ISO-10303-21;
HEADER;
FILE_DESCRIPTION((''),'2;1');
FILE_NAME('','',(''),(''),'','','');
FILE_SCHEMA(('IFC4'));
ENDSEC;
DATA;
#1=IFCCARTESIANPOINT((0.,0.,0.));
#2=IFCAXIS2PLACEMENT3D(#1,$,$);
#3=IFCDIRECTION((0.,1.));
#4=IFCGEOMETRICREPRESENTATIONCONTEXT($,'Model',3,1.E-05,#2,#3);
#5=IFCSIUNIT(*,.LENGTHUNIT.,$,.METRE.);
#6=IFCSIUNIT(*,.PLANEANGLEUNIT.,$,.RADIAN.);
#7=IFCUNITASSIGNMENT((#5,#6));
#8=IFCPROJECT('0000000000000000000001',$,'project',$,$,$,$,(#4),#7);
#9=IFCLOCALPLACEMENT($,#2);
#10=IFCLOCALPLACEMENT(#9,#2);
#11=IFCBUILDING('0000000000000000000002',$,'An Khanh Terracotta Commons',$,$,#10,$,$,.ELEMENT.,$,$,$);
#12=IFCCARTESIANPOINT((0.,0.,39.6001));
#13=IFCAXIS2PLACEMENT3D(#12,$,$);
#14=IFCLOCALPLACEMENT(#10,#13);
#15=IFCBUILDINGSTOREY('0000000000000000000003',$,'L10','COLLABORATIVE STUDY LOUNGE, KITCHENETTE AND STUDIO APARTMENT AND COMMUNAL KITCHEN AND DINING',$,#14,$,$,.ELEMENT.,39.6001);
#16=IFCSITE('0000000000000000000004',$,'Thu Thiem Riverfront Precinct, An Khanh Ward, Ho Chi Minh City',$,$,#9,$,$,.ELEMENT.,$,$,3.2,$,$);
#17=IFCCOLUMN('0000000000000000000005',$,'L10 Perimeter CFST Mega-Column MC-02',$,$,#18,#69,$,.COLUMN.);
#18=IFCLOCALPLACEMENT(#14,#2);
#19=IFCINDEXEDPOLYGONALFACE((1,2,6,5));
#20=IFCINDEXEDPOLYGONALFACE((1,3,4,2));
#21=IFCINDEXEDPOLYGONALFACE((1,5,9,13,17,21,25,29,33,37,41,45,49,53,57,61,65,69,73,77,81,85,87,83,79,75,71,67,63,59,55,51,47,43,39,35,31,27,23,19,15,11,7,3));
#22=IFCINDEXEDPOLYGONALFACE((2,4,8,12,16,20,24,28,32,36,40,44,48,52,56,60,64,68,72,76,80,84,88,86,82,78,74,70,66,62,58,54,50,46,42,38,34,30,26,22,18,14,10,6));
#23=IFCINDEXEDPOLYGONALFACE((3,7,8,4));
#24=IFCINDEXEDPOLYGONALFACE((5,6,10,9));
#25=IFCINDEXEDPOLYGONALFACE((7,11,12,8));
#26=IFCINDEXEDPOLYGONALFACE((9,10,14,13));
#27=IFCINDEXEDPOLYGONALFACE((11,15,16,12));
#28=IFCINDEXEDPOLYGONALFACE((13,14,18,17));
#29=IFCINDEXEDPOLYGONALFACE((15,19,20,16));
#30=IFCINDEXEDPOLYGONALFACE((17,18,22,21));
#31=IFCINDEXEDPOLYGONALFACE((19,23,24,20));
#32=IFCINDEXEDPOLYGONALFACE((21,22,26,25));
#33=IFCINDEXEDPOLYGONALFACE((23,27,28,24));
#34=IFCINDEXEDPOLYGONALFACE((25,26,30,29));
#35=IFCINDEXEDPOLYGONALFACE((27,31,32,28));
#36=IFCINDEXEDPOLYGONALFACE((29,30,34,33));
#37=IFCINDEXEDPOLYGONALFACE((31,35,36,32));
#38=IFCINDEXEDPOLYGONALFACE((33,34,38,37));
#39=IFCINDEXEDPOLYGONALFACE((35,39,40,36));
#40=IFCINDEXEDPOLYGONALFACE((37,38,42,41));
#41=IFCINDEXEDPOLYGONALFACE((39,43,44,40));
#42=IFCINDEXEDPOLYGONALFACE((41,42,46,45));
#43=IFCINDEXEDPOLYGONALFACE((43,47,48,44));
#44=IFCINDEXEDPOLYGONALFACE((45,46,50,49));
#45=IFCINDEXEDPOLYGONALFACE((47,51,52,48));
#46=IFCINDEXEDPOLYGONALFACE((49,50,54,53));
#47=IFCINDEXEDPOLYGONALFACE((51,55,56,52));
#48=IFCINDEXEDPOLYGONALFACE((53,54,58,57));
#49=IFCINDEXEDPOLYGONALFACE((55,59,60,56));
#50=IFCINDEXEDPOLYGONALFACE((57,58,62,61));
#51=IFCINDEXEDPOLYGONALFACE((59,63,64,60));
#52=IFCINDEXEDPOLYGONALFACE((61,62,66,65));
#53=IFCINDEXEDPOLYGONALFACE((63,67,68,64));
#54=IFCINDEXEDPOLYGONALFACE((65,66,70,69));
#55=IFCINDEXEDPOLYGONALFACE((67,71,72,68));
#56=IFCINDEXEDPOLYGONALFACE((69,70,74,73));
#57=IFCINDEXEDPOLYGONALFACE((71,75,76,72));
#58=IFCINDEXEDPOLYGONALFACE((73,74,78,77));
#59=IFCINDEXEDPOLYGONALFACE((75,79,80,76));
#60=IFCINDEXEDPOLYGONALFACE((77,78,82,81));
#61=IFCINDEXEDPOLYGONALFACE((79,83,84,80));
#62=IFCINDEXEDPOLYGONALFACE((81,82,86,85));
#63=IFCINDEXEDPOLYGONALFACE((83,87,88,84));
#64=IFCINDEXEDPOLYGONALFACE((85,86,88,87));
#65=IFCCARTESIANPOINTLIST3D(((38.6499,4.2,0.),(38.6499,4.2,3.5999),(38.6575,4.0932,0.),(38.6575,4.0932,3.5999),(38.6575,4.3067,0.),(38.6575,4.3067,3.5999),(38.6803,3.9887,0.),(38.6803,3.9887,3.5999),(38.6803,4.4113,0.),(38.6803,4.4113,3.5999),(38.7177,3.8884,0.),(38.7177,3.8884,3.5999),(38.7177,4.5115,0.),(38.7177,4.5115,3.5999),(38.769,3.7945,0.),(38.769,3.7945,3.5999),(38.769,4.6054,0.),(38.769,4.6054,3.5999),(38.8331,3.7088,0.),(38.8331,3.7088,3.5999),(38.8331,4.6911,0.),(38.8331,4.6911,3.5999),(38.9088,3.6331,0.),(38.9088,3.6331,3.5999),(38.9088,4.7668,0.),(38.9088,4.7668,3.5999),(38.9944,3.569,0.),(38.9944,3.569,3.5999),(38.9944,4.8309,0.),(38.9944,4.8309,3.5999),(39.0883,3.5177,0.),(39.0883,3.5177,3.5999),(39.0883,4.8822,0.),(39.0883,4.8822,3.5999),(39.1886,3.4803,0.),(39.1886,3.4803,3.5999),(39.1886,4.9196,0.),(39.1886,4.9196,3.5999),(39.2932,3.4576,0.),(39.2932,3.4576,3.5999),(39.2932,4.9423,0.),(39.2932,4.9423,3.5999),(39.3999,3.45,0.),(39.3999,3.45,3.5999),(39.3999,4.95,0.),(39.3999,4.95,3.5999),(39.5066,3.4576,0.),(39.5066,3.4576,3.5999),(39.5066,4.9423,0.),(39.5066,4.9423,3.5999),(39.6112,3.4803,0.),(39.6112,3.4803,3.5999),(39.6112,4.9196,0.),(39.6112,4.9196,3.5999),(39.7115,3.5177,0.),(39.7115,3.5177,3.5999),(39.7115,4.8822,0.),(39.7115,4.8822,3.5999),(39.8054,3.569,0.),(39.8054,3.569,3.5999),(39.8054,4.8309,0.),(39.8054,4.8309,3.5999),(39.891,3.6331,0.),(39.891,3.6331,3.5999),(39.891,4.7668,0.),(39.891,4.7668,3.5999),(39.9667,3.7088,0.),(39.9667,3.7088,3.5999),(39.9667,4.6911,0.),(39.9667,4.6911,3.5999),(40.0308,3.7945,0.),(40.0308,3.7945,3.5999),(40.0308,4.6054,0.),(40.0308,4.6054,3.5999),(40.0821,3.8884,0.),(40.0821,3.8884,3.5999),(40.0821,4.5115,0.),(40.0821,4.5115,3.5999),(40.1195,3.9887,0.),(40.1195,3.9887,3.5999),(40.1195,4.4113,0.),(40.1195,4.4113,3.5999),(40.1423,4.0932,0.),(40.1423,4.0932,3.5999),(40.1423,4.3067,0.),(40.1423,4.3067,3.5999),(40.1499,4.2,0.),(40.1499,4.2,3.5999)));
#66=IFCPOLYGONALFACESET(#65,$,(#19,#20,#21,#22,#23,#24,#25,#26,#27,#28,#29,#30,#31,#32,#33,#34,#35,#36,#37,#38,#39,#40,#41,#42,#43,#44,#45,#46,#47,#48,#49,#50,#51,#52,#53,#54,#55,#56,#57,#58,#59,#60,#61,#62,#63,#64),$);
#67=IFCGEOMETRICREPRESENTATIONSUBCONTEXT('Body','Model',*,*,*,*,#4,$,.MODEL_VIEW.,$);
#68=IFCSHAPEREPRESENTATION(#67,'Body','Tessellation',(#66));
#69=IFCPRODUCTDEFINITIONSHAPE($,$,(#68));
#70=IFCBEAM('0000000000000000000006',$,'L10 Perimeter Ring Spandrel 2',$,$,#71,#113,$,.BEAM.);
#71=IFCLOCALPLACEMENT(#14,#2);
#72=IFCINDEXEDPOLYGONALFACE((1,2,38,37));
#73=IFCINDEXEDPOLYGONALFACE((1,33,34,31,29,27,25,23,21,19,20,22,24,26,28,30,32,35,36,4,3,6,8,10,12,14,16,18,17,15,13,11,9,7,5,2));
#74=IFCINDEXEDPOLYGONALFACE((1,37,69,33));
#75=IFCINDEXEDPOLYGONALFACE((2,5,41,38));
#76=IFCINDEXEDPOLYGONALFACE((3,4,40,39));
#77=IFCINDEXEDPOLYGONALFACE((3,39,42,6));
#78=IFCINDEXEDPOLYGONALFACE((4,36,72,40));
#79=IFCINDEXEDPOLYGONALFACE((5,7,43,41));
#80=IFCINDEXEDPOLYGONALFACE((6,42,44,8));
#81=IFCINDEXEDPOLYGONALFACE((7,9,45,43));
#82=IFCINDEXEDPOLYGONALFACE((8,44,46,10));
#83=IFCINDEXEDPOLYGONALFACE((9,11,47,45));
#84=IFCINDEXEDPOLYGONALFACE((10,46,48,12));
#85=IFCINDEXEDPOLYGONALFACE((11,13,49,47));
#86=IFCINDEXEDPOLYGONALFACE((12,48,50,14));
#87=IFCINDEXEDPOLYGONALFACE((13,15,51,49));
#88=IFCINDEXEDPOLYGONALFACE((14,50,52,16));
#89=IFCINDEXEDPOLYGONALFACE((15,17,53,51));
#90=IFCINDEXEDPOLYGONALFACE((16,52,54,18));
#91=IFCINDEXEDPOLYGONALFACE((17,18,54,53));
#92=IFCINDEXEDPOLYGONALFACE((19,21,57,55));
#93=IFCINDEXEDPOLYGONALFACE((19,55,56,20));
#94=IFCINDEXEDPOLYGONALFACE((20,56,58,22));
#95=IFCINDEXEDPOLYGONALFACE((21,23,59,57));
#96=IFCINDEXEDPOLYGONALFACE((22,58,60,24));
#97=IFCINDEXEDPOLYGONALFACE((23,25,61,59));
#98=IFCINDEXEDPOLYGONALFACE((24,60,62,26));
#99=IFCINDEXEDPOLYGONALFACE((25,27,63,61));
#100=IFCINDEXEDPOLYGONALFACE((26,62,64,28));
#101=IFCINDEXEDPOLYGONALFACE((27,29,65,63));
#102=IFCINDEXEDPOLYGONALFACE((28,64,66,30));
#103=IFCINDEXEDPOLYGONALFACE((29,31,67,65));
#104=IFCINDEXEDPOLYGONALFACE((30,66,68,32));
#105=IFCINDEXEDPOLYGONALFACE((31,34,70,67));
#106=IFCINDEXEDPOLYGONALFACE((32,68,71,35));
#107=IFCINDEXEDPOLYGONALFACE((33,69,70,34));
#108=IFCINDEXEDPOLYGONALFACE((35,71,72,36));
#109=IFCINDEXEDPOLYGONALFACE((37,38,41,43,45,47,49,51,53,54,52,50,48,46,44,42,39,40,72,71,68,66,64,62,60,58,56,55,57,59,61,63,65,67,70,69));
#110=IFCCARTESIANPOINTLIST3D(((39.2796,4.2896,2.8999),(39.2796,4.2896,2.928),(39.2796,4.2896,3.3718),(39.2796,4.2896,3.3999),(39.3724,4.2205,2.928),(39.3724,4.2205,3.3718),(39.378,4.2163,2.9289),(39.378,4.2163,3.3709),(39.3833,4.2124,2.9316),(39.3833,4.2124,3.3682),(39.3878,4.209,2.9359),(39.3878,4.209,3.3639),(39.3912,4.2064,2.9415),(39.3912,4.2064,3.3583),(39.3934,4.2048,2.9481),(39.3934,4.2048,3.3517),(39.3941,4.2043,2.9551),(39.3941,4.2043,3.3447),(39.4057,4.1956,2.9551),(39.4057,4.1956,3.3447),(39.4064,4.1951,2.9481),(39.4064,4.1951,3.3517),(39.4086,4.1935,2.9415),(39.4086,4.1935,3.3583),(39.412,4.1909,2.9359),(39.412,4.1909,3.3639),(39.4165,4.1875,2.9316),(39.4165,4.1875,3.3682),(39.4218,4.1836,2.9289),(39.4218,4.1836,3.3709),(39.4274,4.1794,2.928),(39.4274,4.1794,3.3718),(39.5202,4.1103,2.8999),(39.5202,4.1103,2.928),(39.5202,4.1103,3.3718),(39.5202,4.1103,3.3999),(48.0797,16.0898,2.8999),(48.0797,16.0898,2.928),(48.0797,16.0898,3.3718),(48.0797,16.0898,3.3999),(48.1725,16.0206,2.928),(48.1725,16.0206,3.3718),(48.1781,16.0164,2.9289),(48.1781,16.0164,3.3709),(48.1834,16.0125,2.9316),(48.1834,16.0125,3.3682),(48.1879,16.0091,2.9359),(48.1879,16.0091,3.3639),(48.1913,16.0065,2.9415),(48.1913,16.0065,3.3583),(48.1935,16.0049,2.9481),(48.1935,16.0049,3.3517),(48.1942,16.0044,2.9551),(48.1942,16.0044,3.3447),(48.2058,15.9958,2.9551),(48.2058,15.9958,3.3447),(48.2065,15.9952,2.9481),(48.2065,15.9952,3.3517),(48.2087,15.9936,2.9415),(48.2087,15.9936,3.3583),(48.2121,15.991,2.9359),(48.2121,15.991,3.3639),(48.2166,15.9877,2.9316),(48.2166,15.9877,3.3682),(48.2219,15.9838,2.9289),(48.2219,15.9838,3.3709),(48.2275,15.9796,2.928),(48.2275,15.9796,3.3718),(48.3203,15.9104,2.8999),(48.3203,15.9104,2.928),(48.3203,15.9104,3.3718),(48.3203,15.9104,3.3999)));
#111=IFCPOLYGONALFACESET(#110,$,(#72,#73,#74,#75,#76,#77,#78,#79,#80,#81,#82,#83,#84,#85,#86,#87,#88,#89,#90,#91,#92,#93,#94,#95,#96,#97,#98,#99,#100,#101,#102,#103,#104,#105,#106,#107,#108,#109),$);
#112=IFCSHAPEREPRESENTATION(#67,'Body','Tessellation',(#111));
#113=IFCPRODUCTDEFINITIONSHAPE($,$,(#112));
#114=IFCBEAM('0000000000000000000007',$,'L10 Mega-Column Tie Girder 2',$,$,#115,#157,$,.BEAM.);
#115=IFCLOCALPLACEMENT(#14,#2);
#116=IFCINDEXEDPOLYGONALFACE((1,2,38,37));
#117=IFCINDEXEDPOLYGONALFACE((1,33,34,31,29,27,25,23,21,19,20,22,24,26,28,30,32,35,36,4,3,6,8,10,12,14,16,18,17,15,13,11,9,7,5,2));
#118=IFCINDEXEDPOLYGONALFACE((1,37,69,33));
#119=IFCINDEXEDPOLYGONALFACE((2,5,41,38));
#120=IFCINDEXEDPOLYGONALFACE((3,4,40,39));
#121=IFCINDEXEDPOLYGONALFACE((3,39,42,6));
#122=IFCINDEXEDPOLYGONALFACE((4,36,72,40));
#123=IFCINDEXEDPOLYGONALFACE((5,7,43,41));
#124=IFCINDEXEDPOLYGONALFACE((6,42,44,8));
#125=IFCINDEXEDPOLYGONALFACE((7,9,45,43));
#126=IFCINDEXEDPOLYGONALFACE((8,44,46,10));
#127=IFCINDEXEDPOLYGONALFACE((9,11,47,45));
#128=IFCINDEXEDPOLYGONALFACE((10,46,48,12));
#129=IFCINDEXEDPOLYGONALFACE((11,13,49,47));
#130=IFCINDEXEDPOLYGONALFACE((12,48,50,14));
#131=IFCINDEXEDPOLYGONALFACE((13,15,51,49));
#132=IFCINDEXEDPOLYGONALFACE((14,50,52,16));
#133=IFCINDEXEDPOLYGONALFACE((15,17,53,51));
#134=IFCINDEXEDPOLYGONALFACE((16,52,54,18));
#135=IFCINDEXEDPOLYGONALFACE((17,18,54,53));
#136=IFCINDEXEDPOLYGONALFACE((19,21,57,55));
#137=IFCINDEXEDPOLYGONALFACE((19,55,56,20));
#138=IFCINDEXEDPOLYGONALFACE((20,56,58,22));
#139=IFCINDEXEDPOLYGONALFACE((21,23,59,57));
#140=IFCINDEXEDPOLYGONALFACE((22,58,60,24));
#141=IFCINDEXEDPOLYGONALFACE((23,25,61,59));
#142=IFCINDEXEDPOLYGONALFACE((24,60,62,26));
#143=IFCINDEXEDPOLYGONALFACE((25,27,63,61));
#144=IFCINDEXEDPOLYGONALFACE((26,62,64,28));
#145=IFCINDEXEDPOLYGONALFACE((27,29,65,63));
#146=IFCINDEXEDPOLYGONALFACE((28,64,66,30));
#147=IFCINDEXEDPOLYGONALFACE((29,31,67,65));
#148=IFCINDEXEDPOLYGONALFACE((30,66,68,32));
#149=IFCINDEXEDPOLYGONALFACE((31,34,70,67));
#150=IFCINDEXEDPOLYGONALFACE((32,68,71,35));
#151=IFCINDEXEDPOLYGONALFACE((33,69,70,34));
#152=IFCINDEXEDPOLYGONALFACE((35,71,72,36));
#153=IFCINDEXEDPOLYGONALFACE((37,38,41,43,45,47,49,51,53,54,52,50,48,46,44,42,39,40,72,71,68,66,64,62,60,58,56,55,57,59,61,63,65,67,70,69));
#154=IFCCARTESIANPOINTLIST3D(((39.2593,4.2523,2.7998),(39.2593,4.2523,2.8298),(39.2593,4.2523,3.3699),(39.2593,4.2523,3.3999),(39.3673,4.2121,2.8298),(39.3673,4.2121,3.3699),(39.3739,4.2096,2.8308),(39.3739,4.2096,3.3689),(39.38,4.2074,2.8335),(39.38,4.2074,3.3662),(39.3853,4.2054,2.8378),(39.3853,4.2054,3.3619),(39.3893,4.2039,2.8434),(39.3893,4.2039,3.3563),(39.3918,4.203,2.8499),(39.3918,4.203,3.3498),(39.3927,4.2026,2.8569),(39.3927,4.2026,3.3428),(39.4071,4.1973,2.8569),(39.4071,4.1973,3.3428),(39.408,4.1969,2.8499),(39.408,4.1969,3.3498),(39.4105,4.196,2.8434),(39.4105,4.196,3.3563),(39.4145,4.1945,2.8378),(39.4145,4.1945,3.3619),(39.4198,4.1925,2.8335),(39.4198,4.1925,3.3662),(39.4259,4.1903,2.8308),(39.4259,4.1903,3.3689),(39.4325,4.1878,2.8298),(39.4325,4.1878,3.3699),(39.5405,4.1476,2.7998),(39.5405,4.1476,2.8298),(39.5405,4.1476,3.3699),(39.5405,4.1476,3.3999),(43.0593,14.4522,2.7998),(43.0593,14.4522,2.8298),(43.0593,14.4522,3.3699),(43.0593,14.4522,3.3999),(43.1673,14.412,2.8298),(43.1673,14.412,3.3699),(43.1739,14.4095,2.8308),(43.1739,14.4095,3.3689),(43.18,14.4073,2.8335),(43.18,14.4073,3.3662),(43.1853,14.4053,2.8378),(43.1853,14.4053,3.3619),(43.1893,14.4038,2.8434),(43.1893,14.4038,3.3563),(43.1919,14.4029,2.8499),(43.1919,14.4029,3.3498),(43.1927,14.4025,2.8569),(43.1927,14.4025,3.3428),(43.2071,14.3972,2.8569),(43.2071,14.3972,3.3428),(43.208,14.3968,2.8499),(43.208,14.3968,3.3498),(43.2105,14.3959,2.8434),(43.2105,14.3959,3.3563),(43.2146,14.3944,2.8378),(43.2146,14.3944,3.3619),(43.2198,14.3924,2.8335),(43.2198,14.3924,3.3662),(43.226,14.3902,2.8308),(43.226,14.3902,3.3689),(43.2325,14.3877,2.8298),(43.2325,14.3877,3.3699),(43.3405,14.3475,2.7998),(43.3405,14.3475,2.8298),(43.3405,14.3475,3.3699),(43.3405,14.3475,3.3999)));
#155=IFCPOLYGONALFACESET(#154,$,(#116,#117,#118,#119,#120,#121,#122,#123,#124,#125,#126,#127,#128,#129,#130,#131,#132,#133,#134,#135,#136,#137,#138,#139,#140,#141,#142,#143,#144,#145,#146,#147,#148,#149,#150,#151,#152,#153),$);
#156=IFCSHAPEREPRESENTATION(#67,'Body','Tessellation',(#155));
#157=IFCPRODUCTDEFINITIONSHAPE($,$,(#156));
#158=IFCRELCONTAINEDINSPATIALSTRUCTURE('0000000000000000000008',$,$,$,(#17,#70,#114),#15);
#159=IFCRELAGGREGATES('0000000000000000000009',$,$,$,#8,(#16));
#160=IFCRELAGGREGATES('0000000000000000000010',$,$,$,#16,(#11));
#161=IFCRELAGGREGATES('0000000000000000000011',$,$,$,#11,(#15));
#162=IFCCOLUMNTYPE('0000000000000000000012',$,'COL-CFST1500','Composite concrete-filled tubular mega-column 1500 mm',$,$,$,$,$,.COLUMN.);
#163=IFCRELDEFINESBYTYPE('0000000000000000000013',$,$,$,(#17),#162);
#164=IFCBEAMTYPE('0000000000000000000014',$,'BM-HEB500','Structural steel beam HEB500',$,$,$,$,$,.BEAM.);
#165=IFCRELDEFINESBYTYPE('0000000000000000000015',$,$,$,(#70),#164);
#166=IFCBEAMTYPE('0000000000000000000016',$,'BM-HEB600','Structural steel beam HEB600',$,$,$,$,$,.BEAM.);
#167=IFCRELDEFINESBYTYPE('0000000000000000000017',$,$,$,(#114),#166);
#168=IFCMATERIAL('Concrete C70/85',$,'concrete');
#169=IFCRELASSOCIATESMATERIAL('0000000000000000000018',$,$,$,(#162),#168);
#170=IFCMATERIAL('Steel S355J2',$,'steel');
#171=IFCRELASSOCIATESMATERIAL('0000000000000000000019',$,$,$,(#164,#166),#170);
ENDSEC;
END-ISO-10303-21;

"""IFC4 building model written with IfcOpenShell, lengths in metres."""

from ifc_helpers import new_model, si_unit, direction, frame, origin, origin_2d, place, context, subcontext, project, spatial, circle, i_section, extrude, material, material_profile, profile_set, type_object, element, save


model = new_model("IFC4")

# Units and contexts
model_context = context("Model", 3, precision=1e-05, world=origin(), true_north=direction((0.0, 1.0)))
body_context = subcontext(model_context, "Body", "Model", "MODEL_VIEW")
ifc_project = project(units=[si_unit("LENGTHUNIT", "METRE"), si_unit("PLANEANGLEUNIT", "RADIAN")], contexts=[model_context])

# Site, building, storey
site_placement = place(None, origin())
site = spatial("IfcSite", under=ifc_project, at=site_placement, Name="Thu Thiem Riverfront Precinct, An Khanh Ward, Ho Chi Minh City", CompositionType="ELEMENT", RefElevation=3.2)
building_placement = place(site_placement, origin())
building = spatial("IfcBuilding", under=site, at=building_placement, Name="An Khanh Terracotta Commons", CompositionType="ELEMENT")
storey_placement = place(building_placement, frame((0.0, 0.0, 39.6001)))
storey = spatial("IfcBuildingStorey", under=building, at=storey_placement, Name="L10", Description="COLLABORATIVE STUDY LOUNGE, KITCHENETTE AND STUDIO APARTMENT AND COMMUNAL KITCHEN AND DINING", CompositionType="ELEMENT", Elevation=39.6001)

# Column
ifc_material_1 = material(Name="Concrete C70/85", Category="concrete")
ifc_material_profile_1 = material_profile(ifc_material_1, circle(Radius=0.75, at=origin_2d()), Name="CFST1500")
ifc_profile_set_1 = profile_set([ifc_material_profile_1], Name="Concrete C70/85")
column_type = type_object("IfcColumnType", Name="COL-CFST1500", Description="Composite concrete-filled tubular mega-column 1500 mm", PredefinedType="COLUMN", material=ifc_profile_set_1)
column_placement = place(storey_placement, frame((39.3999, 4.2, 0.0), z_axis=(0.0, 0.0, 1.0), x_axis=(1.0, 0.0, 0.0)))
element("IfcColumn", 1, at=column_placement, inside=storey, type_object=column_type, Name="L10 Perimeter CFST Mega-Column MC-02", PredefinedType="COLUMN", context=body_context, shape_type="SweptSolid", body=[
    extrude(circle(Radius=0.75, at=origin_2d()), origin(), (0.0, 0.0, 1.0), 3.5999),
])

# Beams
ifc_material_2 = material(Name="Steel S355J2", Category="steel")
ifc_material_profile_2 = material_profile(ifc_material_2, i_section(OverallWidth=0.3, OverallDepth=0.5, WebThickness=0.0144, FlangeThickness=0.0281, FilletRadius=0.0271, at=origin_2d()), Name="HEB500")
ifc_profile_set_2 = profile_set([ifc_material_profile_2], Name="Steel S355J2")
beam_type_1 = type_object("IfcBeamType", Name="BM-HEB500", Description="Structural steel beam HEB500", PredefinedType="BEAM", material=ifc_profile_set_2)
beam_1_placement = place(storey_placement, frame((39.3999, 4.2, 3.1499), z_axis=(0.597824, 0.801627, 0.0), x_axis=(-0.801627, 0.597824, 0.0)))
element("IfcBeam", 2, at=beam_1_placement, inside=storey, type_object=beam_type_1, Name="L10 Perimeter Ring Spandrel 2", PredefinedType="BEAM", context=body_context, shape_type="SweptSolid", body=[
    extrude(i_section(OverallWidth=0.3, OverallDepth=0.5, WebThickness=0.0144, FlangeThickness=0.0281, FilletRadius=0.0271, at=origin_2d()), origin(), (0.0, 0.0, 1.0), 14.7202),
])
ifc_material_profile_3 = material_profile(ifc_material_2, i_section(OverallWidth=0.3, OverallDepth=0.6001, WebThickness=0.0154, FlangeThickness=0.03, FilletRadius=0.0271, at=origin_2d()), Name="HEB600")
ifc_profile_set_3 = profile_set([ifc_material_profile_3], Name="Steel S355J2")
beam_type_2 = type_object("IfcBeamType", Name="BM-HEB600", Description="Structural steel beam HEB600", PredefinedType="BEAM", material=ifc_profile_set_3)
beam_2_placement = place(storey_placement, frame((39.3999, 4.2, 3.0999), z_axis=(0.349114, 0.93708, 0.0), x_axis=(-0.93708, 0.349114, 0.0)))
element("IfcBeam", 3, at=beam_2_placement, inside=storey, type_object=beam_type_2, Name="L10 Mega-Column Tie Girder 2", PredefinedType="BEAM", context=body_context, shape_type="SweptSolid", body=[
    extrude(i_section(OverallWidth=0.3, OverallDepth=0.6001, WebThickness=0.0154, FlangeThickness=0.03, FilletRadius=0.0271, at=origin_2d()), origin(), (0.0, 0.0, 1.0), 10.8848),
])

save(model, "model.ifc")
